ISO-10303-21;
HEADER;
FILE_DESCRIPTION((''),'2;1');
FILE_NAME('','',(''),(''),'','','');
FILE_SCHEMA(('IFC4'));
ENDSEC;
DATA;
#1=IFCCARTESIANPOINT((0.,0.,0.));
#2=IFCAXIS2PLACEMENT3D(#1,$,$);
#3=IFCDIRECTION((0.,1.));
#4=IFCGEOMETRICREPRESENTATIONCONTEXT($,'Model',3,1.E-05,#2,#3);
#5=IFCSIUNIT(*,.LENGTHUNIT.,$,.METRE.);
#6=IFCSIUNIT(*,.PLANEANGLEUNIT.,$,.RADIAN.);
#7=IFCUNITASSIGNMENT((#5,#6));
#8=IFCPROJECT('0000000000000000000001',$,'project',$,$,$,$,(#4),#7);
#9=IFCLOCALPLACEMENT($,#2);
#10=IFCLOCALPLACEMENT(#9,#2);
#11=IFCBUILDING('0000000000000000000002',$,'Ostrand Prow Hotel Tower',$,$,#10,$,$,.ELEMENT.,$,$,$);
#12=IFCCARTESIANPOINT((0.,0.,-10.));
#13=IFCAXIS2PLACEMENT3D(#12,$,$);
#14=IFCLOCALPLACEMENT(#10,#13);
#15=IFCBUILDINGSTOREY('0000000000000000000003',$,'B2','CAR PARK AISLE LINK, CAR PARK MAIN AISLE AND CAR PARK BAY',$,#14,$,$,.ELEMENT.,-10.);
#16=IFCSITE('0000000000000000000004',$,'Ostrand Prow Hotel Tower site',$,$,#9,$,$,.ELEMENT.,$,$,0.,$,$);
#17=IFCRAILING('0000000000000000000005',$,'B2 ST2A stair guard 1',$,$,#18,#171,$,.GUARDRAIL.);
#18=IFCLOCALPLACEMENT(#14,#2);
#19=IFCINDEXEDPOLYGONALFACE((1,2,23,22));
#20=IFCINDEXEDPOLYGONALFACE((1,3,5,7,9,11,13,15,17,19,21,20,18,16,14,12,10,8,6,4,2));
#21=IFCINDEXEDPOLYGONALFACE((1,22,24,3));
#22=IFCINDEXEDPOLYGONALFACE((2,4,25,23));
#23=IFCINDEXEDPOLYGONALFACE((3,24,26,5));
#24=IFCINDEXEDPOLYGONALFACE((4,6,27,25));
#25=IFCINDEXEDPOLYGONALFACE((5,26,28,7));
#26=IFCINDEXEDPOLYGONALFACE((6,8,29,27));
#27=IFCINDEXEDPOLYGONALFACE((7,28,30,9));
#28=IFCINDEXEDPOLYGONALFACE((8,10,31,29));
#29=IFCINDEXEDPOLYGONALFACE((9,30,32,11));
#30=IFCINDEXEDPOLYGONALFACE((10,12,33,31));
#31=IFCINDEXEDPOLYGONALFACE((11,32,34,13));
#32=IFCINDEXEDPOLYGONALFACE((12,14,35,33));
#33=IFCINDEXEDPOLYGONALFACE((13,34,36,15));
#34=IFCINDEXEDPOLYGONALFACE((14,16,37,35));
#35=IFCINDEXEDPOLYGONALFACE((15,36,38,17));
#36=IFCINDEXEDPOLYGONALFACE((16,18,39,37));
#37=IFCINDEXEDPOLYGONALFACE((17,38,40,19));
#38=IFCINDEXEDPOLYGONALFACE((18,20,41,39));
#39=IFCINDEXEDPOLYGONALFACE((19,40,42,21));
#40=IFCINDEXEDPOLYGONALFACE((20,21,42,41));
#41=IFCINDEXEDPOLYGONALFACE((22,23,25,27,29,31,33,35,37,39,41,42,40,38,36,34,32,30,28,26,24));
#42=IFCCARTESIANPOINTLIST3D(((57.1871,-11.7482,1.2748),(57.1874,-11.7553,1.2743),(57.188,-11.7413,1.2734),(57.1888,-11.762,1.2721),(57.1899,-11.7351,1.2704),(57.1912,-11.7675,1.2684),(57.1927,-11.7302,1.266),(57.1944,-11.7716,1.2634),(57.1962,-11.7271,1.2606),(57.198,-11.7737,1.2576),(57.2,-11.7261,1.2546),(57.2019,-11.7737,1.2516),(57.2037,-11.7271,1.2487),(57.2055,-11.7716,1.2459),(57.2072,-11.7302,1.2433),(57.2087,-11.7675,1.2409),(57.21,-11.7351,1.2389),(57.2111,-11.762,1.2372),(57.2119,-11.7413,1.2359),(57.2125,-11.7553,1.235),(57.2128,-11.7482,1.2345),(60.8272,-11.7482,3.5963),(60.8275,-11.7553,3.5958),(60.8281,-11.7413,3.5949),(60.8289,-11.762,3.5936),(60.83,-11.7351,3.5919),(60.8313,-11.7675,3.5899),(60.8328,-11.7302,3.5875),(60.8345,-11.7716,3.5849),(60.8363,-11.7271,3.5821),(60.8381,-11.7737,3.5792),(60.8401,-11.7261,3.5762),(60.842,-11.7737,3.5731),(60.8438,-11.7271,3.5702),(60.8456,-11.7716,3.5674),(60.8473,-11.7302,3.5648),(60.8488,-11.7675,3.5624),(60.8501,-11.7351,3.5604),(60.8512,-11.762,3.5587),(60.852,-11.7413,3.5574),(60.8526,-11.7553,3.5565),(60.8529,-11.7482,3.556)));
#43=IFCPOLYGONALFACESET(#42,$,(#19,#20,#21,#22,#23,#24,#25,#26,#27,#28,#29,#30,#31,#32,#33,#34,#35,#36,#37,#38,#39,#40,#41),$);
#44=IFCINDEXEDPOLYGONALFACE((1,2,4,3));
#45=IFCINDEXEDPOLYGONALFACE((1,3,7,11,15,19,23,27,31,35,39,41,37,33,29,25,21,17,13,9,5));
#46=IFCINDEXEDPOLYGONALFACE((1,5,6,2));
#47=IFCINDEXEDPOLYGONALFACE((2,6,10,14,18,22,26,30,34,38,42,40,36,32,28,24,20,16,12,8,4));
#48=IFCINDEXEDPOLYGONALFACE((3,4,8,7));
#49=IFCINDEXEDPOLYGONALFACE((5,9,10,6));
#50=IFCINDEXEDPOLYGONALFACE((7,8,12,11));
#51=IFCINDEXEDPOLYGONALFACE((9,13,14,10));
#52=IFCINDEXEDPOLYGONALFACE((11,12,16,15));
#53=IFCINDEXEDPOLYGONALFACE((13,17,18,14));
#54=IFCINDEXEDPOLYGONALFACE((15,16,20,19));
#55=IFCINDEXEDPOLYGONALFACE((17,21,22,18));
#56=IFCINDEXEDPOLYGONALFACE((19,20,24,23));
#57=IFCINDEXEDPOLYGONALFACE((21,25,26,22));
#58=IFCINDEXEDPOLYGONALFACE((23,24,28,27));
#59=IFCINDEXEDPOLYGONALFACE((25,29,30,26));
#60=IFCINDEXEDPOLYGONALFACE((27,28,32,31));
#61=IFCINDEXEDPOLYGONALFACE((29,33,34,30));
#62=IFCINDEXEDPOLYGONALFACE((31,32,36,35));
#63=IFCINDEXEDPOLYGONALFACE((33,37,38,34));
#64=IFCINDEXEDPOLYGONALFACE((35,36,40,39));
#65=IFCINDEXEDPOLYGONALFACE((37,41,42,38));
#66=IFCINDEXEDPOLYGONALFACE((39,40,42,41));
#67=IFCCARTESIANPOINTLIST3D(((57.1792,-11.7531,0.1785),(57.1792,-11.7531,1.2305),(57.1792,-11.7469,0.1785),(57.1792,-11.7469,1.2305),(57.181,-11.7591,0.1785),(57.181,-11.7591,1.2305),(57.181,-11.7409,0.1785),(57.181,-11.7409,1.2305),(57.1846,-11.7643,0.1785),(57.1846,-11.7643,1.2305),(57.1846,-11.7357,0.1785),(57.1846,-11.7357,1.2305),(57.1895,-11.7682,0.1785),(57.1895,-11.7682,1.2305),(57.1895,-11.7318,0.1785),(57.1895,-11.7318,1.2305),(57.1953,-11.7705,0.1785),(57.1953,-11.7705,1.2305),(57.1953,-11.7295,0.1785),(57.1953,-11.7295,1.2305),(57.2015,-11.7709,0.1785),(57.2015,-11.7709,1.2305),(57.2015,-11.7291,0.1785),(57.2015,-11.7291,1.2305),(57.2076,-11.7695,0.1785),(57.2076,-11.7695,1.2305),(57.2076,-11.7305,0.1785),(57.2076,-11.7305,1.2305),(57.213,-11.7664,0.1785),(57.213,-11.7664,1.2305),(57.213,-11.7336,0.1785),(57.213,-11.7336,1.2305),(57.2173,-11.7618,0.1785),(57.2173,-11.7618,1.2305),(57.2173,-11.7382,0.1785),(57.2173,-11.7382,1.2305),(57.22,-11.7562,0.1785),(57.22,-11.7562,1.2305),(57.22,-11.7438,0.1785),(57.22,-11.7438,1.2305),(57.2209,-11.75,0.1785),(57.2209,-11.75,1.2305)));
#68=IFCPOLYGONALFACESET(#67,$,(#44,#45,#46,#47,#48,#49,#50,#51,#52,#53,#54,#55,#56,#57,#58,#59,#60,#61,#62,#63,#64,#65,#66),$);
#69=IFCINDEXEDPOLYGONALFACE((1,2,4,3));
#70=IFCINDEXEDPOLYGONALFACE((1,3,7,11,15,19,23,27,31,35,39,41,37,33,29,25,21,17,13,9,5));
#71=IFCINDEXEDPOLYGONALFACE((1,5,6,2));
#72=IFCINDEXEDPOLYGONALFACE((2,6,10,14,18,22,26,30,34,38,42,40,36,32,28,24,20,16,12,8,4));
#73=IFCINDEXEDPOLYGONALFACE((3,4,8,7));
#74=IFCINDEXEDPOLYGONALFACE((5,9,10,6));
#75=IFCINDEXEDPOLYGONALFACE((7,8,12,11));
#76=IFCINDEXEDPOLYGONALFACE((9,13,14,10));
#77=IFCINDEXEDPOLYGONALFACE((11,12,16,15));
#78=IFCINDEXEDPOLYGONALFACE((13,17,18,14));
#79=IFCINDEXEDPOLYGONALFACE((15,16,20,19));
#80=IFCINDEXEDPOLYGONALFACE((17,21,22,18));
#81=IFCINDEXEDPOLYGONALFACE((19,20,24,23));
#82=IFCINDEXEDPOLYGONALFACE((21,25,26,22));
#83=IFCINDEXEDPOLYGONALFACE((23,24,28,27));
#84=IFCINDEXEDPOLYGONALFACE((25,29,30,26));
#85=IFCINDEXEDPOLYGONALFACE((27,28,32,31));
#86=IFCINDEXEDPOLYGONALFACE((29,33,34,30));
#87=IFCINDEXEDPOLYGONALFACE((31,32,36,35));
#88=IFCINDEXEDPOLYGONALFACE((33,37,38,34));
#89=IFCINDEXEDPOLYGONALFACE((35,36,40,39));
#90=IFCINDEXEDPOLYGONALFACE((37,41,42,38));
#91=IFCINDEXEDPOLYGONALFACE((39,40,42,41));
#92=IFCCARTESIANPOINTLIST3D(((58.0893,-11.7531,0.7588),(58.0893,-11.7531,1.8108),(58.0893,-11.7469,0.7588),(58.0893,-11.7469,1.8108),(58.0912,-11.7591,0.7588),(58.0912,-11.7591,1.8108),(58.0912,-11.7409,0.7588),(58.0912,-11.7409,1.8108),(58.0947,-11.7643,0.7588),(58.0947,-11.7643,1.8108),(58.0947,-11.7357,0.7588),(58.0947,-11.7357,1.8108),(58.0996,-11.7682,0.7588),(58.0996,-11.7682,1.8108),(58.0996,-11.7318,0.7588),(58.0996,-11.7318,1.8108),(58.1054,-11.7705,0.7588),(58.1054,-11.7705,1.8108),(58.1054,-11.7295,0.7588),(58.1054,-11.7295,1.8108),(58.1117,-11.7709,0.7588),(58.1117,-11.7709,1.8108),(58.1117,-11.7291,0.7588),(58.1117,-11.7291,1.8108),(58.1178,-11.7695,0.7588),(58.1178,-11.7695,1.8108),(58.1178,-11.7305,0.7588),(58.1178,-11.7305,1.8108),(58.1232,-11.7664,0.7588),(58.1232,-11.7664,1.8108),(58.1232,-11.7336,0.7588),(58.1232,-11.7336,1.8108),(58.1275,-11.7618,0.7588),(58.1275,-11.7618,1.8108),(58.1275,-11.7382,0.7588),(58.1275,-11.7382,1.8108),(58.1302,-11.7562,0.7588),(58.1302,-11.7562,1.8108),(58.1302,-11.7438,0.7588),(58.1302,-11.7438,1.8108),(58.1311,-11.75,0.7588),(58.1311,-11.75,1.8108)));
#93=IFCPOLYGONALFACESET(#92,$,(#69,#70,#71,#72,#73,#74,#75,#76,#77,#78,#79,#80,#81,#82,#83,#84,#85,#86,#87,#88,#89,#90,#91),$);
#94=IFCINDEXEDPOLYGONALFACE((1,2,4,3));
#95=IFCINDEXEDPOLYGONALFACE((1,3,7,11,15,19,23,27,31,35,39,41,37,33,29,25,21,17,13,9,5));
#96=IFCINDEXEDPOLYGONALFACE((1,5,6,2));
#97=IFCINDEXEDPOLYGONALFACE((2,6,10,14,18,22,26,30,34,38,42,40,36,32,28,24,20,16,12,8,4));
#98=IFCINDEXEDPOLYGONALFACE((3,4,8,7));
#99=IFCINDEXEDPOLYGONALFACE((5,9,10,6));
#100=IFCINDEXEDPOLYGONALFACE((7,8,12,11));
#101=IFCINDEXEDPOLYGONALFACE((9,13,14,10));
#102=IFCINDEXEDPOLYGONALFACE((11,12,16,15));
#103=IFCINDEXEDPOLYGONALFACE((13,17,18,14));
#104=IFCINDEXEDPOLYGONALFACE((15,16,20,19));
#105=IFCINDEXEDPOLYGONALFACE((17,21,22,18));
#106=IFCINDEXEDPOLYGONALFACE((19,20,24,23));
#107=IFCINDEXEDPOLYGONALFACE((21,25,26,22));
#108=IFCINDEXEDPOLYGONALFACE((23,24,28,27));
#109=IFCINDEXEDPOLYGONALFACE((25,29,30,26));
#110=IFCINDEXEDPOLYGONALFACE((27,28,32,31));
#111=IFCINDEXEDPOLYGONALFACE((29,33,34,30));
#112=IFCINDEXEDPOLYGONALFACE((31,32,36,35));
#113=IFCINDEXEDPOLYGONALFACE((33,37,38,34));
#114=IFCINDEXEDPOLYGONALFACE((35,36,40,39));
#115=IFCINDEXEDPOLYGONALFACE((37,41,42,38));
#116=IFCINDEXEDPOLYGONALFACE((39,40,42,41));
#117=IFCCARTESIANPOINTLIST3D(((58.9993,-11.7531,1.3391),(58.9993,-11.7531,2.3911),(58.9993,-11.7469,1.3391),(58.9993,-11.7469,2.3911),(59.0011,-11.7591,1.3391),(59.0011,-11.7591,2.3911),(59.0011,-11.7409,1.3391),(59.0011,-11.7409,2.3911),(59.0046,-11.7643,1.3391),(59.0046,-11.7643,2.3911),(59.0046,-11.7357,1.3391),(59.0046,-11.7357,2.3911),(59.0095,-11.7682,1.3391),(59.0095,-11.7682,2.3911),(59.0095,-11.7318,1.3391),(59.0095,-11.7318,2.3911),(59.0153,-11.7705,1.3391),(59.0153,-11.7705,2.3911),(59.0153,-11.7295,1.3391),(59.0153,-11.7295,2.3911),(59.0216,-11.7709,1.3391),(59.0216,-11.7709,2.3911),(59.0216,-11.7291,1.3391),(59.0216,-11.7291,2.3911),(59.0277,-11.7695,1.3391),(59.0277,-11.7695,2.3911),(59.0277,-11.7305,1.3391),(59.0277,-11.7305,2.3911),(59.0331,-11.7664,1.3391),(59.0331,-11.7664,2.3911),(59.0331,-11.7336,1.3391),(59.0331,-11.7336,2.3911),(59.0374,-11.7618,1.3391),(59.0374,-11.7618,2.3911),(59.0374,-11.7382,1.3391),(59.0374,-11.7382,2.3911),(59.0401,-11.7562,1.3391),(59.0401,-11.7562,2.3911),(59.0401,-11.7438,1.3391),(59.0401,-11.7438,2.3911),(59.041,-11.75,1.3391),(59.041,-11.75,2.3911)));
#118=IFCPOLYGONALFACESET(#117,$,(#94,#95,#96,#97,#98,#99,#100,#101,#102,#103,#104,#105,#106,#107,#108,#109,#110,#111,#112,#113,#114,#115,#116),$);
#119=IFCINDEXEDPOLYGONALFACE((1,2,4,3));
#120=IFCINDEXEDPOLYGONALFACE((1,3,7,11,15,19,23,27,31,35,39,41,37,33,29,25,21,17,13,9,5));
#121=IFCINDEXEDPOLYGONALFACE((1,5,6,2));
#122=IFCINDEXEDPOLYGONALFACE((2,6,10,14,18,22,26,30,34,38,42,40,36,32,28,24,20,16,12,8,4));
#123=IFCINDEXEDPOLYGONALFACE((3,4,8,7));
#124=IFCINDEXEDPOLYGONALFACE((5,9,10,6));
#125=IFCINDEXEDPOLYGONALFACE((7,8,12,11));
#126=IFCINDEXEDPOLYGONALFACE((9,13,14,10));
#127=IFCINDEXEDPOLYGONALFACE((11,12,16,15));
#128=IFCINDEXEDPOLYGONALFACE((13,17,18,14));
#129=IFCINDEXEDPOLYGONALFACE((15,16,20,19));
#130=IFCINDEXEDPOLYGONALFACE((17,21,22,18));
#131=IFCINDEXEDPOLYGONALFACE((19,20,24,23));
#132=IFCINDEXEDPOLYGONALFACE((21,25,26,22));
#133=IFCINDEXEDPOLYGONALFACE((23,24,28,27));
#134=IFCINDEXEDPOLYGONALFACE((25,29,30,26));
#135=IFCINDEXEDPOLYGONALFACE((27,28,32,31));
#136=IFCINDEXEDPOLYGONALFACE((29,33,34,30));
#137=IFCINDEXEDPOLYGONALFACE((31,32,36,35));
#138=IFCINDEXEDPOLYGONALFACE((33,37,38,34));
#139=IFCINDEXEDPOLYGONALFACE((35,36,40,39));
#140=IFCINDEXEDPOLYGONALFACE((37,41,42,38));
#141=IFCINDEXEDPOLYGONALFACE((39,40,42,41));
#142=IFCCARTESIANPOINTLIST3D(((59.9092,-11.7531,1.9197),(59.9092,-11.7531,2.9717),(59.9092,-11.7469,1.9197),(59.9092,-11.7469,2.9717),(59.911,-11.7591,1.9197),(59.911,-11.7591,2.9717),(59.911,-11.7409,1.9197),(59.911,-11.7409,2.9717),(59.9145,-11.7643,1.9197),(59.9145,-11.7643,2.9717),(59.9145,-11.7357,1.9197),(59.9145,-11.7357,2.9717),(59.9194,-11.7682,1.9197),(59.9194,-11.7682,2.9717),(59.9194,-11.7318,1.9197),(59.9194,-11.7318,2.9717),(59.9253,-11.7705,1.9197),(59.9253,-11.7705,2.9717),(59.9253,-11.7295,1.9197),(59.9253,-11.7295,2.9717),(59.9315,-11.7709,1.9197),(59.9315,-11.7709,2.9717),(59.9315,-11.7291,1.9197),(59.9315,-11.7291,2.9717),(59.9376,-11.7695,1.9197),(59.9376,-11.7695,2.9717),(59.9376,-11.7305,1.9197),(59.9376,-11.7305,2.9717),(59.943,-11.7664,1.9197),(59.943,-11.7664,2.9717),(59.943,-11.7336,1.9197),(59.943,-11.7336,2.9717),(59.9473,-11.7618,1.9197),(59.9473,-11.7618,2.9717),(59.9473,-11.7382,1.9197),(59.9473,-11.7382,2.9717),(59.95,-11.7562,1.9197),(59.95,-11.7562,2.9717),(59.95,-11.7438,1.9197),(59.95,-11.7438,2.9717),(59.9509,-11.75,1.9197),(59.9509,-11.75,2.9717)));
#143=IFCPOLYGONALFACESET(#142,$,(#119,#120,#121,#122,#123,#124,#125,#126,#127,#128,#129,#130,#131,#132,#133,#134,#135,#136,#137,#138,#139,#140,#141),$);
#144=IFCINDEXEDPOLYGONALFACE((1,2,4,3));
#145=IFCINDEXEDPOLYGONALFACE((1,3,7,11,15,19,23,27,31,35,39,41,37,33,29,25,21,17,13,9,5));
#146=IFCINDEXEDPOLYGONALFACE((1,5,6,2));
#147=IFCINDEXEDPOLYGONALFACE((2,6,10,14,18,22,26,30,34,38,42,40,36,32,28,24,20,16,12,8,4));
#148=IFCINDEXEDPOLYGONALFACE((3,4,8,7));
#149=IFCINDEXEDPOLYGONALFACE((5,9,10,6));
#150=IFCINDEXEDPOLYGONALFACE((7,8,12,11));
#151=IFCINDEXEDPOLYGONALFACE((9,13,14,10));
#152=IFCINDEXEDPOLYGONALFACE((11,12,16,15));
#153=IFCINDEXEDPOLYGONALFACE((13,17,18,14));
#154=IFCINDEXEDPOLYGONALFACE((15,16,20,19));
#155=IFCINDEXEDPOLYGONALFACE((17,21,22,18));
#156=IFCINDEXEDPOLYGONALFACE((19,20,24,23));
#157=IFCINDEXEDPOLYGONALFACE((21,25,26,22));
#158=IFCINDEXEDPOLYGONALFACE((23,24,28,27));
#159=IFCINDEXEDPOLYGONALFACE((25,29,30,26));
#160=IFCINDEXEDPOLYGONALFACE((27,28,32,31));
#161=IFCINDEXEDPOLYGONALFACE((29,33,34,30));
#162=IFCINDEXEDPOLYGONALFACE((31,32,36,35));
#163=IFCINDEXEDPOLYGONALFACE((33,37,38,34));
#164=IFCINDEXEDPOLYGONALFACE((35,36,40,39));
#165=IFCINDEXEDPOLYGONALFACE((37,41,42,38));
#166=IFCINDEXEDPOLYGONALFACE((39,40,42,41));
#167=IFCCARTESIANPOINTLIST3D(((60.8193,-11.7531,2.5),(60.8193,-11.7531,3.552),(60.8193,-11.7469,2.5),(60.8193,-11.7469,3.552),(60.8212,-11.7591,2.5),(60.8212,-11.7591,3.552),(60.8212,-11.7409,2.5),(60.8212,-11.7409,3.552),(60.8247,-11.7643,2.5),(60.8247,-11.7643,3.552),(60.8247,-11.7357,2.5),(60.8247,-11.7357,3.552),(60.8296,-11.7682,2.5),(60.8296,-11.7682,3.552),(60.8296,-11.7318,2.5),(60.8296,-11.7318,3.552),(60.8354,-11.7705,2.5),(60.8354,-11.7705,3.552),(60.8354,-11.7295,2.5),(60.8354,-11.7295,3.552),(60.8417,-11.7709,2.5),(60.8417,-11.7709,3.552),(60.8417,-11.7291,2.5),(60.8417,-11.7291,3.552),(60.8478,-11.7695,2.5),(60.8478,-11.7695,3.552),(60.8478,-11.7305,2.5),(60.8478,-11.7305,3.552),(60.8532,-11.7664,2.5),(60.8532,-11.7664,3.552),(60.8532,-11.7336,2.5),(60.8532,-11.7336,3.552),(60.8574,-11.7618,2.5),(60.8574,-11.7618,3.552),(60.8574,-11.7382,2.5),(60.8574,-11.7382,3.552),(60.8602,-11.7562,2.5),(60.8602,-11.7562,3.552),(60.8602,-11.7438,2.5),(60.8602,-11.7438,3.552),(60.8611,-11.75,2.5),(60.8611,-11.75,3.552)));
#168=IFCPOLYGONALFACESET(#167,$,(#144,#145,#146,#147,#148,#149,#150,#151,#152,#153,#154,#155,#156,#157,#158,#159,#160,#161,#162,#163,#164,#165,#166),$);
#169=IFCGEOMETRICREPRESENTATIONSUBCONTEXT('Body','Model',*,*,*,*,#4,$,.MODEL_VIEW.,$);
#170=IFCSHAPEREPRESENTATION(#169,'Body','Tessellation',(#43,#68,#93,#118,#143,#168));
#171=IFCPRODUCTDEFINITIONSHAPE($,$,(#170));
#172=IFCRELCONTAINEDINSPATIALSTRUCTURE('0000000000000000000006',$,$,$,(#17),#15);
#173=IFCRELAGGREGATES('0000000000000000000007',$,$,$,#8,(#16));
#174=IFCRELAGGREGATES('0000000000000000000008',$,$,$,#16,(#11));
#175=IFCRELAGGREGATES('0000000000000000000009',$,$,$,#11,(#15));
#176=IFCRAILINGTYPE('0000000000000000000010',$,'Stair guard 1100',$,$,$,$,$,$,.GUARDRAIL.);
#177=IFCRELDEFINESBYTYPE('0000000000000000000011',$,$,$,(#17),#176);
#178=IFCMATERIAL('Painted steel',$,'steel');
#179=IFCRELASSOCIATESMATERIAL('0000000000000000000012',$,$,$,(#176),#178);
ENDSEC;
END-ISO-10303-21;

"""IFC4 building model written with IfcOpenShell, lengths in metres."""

from ifc_helpers import new_model, si_unit, direction, frame, origin, origin_2d, place, context, subcontext, project, spatial, circle, extrude, material, type_object, element, save


model = new_model("IFC4")

# Units and contexts
model_context = context("Model", 3, precision=1e-05, world=origin(), true_north=direction((0.0, 1.0)))
body_context = subcontext(model_context, "Body", "Model", "MODEL_VIEW")
ifc_project = project(units=[si_unit("LENGTHUNIT", "METRE"), si_unit("PLANEANGLEUNIT", "RADIAN")], contexts=[model_context])

# Site, building, storey
site_placement = place(None, origin())
site = spatial("IfcSite", under=ifc_project, at=site_placement, Name="Ostrand Prow Hotel Tower site", CompositionType="ELEMENT", RefElevation=0.0)
building_placement = place(site_placement, origin())
building = spatial("IfcBuilding", under=site, at=building_placement, Name="Ostrand Prow Hotel Tower", CompositionType="ELEMENT")
storey_placement = place(building_placement, frame((0.0, 0.0, -10.0)))
storey = spatial("IfcBuildingStorey", under=building, at=storey_placement, Name="B2", Description="CAR PARK AISLE LINK, CAR PARK MAIN AISLE AND CAR PARK BAY", CompositionType="ELEMENT", Elevation=-10.0)

# Railing
ifc_material_1 = material(Name="Painted steel", Category="steel")
railing_type_1 = type_object("IfcRailingType", Name="Stair guard 1100", PredefinedType="GUARDRAIL", material=ifc_material_1)
railing_1_placement = place(storey_placement, frame((57.2, -11.75, 0.1785)))
element("IfcRailing", 1, at=railing_1_placement, inside=storey, type_object=railing_type_1, Name="B2 ST2A stair guard 1", PredefinedType="GUARDRAIL", context=body_context, shape_type="SweptSolid", body=[
    extrude(circle(Radius=0.0239, at=origin_2d()), frame((0.0, 0.0, 1.0762), z_axis=(0.843128, 0.0, 0.537713), x_axis=(0.0, 1.0, 0.0)), (0.0, 0.0, 1.0), 4.3174),
    extrude(circle(Radius=0.021, at=origin_2d()), origin(), (0.0, 0.0, 1.0), 1.052),
    extrude(circle(Radius=0.021, at=origin_2d()), frame((0.9102, 0.0, 0.5803)), (0.0, 0.0, 1.0), 1.052),
    extrude(circle(Radius=0.021, at=origin_2d()), frame((1.8201, 0.0, 1.1606)), (0.0, 0.0, 1.0), 1.052),
    extrude(circle(Radius=0.021, at=origin_2d()), frame((2.73, 0.0, 1.7412)), (0.0, 0.0, 1.0), 1.052),
    extrude(circle(Radius=0.021, at=origin_2d()), frame((3.6401, 0.0, 2.3215)), (0.0, 0.0, 1.0), 1.052),
])

save(model, "model.ifc")
